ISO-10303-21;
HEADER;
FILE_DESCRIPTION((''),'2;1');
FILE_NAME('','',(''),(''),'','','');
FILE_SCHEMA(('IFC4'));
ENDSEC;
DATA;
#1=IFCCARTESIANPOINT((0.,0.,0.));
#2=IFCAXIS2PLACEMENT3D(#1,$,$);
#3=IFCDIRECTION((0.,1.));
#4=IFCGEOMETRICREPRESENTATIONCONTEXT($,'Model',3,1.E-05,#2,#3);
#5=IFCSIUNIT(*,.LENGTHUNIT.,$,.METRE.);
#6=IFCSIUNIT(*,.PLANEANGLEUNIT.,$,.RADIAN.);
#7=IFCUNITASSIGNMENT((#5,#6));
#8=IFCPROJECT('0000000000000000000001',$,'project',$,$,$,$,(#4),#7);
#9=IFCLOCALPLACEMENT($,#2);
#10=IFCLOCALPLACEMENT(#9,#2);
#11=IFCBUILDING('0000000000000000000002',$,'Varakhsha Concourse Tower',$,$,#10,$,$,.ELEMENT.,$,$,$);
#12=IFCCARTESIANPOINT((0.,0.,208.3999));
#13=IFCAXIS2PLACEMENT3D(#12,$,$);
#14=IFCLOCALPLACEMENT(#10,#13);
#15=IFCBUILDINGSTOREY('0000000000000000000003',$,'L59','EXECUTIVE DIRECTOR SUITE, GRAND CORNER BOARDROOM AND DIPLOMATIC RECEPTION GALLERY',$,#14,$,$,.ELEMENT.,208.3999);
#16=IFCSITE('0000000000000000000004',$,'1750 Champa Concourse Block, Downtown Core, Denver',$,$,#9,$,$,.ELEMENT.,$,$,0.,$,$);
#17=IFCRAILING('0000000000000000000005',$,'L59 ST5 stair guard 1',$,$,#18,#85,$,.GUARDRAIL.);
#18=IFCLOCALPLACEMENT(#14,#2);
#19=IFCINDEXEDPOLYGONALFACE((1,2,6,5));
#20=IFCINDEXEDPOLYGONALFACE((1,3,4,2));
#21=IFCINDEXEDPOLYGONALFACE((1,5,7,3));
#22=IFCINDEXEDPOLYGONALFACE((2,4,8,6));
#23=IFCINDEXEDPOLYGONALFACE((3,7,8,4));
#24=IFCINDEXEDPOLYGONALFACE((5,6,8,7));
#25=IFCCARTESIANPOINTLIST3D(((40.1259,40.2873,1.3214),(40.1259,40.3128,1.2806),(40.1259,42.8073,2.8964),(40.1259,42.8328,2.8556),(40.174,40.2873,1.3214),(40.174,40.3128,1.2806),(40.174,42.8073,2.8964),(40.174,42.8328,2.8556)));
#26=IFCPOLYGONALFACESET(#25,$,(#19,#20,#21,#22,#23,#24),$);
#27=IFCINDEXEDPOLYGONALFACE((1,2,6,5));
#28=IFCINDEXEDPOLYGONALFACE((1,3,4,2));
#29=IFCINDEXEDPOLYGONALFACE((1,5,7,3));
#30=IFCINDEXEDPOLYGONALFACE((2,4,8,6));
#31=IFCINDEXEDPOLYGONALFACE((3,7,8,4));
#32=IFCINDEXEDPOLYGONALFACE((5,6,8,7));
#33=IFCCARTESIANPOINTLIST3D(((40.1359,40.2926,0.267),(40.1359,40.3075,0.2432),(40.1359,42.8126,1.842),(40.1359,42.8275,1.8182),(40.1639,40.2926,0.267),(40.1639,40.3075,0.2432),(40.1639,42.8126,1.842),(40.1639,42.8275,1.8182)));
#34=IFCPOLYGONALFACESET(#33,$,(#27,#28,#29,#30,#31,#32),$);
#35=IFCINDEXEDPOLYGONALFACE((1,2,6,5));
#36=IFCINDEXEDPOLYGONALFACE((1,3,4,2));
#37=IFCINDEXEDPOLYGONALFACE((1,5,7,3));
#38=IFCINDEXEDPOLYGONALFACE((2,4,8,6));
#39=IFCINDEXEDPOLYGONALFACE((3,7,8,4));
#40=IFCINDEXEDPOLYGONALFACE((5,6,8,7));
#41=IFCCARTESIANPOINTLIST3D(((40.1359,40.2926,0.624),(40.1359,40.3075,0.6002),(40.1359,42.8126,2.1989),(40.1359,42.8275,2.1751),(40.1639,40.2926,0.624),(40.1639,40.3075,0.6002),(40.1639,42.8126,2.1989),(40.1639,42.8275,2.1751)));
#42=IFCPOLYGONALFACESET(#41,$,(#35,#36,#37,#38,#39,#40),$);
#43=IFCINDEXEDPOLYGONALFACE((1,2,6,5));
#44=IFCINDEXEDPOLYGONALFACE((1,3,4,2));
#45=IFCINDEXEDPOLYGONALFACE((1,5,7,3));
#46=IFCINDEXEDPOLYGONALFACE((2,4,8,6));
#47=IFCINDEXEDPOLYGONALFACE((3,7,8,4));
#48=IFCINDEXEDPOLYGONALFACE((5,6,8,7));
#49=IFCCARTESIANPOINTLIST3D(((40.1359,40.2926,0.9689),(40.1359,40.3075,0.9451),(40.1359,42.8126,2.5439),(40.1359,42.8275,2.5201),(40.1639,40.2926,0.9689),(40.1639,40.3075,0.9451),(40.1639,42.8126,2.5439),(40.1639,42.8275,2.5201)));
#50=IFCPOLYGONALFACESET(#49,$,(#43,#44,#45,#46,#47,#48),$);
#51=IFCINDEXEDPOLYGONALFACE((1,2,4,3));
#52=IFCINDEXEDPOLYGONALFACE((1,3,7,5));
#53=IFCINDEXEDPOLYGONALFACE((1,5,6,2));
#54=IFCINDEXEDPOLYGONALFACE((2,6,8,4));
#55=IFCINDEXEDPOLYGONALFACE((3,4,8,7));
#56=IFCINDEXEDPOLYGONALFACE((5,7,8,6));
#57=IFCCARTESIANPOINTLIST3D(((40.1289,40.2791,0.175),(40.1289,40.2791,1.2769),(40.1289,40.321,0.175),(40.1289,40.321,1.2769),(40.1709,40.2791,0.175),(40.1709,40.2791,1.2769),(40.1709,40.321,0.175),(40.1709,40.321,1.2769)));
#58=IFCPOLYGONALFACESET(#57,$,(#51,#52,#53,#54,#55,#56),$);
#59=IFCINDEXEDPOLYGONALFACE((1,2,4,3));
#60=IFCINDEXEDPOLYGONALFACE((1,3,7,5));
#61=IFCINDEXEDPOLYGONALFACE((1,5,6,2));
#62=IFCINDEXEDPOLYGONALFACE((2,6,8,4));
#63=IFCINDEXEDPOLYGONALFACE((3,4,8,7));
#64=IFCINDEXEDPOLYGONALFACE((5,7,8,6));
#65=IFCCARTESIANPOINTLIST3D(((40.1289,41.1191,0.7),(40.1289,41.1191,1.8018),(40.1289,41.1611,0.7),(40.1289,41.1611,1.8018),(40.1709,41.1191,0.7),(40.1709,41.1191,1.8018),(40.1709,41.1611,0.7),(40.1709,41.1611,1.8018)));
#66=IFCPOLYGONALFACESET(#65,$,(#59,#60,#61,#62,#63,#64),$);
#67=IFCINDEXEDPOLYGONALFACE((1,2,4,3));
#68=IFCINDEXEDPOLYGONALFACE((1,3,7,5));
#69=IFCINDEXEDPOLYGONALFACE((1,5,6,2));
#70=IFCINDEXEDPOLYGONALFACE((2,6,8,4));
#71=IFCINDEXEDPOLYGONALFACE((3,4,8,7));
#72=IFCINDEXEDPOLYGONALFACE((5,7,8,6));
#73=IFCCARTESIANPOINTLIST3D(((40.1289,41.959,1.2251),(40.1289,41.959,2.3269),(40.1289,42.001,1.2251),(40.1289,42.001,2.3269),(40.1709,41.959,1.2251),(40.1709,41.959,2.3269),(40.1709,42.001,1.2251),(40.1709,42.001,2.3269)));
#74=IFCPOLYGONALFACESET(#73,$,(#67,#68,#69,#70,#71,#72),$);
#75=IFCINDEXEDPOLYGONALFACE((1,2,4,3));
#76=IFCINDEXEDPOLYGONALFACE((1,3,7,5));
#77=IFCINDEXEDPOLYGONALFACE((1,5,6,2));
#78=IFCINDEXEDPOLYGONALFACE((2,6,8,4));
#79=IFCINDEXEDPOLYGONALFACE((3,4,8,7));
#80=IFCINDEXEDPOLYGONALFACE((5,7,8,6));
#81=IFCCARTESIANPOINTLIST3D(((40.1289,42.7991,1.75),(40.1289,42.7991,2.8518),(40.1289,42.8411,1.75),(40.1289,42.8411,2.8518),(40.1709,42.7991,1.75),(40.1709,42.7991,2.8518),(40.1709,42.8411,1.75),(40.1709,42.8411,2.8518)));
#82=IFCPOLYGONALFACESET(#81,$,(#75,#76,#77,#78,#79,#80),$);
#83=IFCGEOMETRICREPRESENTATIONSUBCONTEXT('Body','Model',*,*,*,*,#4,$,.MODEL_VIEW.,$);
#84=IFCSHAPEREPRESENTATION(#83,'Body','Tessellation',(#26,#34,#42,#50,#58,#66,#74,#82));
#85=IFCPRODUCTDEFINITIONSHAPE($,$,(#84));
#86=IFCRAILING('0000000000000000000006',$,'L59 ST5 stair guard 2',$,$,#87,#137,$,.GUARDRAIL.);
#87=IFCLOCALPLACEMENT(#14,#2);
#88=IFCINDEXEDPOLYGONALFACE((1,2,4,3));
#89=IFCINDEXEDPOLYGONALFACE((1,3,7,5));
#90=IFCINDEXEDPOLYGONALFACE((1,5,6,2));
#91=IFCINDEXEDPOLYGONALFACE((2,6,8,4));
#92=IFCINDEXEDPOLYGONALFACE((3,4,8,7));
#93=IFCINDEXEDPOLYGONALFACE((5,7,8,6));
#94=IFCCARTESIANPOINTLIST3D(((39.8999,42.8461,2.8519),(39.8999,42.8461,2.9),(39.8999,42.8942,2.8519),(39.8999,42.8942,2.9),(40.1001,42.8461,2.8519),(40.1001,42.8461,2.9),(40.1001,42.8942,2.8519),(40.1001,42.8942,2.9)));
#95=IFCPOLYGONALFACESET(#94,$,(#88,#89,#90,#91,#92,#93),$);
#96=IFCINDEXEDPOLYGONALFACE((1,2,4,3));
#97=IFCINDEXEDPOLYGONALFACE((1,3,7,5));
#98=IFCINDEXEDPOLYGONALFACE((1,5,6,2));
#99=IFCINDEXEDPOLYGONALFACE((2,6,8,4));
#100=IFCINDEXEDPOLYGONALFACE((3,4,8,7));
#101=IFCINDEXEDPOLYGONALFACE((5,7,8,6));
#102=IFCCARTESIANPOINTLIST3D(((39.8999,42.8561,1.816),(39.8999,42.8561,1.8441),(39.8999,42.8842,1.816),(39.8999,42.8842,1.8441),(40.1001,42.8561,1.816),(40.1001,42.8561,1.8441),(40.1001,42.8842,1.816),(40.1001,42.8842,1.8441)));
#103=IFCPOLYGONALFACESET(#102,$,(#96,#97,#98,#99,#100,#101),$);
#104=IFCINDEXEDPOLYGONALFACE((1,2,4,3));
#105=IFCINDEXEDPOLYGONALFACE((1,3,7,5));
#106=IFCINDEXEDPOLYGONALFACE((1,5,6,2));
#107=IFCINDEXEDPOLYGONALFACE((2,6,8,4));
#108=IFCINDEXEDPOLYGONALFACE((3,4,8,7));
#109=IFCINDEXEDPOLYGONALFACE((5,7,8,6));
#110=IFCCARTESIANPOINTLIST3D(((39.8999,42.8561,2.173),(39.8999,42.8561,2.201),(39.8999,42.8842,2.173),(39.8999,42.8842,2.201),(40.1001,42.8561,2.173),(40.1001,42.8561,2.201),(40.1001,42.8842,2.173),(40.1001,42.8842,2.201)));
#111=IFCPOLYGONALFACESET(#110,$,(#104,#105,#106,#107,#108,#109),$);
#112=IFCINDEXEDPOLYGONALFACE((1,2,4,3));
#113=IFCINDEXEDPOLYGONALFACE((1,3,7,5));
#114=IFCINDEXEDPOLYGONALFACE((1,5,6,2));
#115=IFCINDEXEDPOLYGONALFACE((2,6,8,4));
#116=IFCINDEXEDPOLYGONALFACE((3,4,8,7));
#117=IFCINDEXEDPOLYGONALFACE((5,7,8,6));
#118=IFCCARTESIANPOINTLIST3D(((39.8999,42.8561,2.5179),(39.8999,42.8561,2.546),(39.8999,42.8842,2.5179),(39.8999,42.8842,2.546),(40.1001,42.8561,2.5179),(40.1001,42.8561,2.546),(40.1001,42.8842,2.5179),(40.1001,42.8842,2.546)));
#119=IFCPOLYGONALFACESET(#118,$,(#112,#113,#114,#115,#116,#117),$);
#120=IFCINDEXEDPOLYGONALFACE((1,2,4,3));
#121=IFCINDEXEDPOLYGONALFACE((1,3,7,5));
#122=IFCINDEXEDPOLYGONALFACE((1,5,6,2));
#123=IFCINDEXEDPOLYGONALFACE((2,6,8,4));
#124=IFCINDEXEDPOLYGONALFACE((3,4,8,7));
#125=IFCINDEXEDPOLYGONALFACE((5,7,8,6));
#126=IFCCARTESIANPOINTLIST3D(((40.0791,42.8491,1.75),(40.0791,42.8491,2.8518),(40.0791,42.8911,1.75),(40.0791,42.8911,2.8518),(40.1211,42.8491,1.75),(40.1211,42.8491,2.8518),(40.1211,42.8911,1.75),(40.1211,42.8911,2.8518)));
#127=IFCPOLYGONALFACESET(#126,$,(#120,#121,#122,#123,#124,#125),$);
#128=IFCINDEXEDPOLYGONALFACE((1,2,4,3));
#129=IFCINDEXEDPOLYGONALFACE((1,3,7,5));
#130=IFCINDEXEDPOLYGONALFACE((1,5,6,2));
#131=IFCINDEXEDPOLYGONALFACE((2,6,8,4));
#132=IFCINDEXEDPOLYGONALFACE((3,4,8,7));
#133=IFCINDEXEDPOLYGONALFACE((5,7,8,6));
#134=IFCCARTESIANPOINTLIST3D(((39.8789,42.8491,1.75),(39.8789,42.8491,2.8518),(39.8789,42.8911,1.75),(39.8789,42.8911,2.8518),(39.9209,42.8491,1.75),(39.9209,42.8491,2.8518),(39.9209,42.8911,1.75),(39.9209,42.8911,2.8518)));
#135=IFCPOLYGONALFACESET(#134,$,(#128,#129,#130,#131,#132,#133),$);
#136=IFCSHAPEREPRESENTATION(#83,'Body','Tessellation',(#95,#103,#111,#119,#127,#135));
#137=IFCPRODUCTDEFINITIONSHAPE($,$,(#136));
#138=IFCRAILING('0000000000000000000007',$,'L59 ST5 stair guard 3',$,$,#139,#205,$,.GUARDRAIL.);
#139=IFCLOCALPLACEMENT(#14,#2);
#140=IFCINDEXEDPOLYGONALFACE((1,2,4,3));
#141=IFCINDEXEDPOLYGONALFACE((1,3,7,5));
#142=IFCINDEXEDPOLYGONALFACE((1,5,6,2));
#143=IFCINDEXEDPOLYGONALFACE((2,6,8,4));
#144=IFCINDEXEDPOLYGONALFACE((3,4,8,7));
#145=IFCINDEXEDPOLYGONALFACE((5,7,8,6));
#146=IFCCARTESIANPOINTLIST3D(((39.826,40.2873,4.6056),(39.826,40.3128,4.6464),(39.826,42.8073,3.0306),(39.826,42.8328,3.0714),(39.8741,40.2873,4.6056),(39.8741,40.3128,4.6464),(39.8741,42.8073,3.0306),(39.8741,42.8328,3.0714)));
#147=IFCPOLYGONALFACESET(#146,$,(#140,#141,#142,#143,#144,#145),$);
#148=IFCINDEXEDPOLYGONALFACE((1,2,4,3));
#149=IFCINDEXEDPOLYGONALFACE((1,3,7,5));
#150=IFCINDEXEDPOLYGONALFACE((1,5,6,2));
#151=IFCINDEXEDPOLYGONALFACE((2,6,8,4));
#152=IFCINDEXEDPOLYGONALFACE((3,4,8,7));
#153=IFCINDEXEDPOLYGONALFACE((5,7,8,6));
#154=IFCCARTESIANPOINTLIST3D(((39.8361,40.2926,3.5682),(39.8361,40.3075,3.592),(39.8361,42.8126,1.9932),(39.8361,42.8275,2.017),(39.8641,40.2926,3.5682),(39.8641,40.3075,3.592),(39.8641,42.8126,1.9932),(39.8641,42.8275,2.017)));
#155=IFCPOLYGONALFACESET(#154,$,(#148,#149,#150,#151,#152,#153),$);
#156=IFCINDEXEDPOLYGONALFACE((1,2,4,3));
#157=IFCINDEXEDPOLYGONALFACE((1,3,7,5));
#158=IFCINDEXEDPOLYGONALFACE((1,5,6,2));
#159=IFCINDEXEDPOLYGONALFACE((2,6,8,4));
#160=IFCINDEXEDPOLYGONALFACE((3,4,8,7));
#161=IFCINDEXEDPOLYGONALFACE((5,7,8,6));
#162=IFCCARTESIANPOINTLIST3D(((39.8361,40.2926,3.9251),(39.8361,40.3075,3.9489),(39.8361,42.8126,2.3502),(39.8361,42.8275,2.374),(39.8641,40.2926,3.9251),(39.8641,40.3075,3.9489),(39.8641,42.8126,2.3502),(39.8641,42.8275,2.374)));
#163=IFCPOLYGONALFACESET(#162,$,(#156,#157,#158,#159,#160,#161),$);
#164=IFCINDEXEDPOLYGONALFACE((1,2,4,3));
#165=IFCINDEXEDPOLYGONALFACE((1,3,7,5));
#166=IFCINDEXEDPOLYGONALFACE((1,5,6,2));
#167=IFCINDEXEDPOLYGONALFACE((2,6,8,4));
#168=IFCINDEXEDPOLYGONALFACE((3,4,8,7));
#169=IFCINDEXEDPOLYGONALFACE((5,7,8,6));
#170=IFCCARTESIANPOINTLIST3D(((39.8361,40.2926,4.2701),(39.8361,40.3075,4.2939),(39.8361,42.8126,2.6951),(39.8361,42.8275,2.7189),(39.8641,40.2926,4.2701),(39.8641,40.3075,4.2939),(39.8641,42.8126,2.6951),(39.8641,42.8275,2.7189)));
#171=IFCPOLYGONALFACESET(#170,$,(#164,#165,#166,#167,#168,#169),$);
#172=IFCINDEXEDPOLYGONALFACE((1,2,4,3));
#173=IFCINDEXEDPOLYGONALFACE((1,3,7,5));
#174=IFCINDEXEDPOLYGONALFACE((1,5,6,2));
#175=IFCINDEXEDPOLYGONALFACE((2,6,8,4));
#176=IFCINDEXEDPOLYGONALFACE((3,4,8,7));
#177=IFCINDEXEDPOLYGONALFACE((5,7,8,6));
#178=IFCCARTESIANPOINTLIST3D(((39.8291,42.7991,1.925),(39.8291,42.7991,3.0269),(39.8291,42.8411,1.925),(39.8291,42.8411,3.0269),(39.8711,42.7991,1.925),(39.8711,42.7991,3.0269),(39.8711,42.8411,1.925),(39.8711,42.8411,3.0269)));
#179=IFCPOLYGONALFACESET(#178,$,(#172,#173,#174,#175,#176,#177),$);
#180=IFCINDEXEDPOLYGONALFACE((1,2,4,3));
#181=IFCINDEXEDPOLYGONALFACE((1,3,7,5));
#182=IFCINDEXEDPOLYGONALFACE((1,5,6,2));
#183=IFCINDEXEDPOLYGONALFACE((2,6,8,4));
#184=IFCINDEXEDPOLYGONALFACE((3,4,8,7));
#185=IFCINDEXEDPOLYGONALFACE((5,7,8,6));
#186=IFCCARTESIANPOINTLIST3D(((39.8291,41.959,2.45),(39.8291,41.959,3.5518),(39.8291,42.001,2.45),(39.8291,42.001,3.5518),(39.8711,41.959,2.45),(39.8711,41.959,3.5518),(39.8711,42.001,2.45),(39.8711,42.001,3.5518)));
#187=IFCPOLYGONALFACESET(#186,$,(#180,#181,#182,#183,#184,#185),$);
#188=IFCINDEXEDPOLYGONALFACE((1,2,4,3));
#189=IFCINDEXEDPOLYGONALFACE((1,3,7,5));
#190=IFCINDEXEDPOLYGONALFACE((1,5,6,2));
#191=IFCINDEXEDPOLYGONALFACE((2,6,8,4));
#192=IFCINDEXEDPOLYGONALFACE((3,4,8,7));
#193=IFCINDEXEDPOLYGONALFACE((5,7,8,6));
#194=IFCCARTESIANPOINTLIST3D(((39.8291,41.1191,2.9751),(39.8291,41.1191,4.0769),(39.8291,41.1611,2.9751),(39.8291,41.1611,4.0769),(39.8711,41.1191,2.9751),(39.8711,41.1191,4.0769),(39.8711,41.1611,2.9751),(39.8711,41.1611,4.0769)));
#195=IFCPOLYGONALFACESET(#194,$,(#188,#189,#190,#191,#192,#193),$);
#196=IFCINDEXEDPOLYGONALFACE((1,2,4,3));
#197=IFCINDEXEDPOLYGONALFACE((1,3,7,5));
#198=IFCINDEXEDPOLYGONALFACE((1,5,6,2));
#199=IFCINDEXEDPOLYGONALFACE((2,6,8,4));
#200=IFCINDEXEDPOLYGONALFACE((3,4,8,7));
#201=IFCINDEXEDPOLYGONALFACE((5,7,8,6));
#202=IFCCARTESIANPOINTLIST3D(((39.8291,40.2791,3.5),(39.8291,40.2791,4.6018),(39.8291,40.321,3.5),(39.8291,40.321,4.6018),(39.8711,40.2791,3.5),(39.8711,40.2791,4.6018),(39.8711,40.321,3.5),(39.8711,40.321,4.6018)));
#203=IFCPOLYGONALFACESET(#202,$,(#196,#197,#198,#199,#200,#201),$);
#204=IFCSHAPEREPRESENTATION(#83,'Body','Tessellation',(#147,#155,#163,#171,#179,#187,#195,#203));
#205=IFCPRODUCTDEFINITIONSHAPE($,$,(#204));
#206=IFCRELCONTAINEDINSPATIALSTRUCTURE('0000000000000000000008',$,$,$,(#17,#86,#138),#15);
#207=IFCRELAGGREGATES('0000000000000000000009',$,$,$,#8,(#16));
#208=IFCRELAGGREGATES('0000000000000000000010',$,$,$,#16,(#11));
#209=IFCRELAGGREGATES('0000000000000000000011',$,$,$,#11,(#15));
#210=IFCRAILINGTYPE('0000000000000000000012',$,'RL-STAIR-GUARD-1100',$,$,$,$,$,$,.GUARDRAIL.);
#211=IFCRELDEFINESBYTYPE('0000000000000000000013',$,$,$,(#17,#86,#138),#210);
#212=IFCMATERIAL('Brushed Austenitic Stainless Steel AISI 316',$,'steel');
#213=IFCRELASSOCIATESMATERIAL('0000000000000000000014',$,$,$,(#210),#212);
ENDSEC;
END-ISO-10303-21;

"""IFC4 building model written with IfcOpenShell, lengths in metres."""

from ifc_helpers import new_model, si_unit, direction, frame, origin, origin_2d, place, context, subcontext, project, spatial, rectangle, extrude, material, type_object, element, save


model = new_model("IFC4")

# Units and contexts
model_context = context("Model", 3, precision=1e-05, world=origin(), true_north=direction((0.0, 1.0)))
body_context = subcontext(model_context, "Body", "Model", "MODEL_VIEW")
ifc_project = project(units=[si_unit("LENGTHUNIT", "METRE"), si_unit("PLANEANGLEUNIT", "RADIAN")], contexts=[model_context])

# Site, building, storey
site_placement = place(None, origin())
site = spatial("IfcSite", under=ifc_project, at=site_placement, Name="1750 Champa Concourse Block, Downtown Core, Denver", CompositionType="ELEMENT", RefElevation=0.0)
building_placement = place(site_placement, origin())
building = spatial("IfcBuilding", under=site, at=building_placement, Name="Varakhsha Concourse Tower", CompositionType="ELEMENT")
storey_placement = place(building_placement, frame((0.0, 0.0, 208.3999)))
storey = spatial("IfcBuildingStorey", under=building, at=storey_placement, Name="L59", Description="EXECUTIVE DIRECTOR SUITE, GRAND CORNER BOARDROOM AND DIPLOMATIC RECEPTION GALLERY", CompositionType="ELEMENT", Elevation=208.3999)

# Railings
ifc_material_1 = material(Name="Brushed Austenitic Stainless Steel AISI 316", Category="steel")
railing_type_1 = type_object("IfcRailingType", Name="RL-STAIR-GUARD-1100", PredefinedType="GUARDRAIL", material=ifc_material_1)
railing_1_placement = place(storey_placement, frame((40.1499, 40.3, 0.175)))
element("IfcRailing", 1, at=railing_1_placement, inside=storey, type_object=railing_type_1, Name="L59 ST5 stair guard 1", PredefinedType="GUARDRAIL", context=body_context, shape_type="SweptSolid", body=[
    extrude(rectangle(XDim=0.0481, YDim=0.0481, at=origin_2d()), frame((0.0, 0.0, 1.126), z_axis=(0.0, 0.848008, 0.529984), x_axis=(-1.0, 0.0, 0.0)), (0.0, 0.0, 1.0), 2.9717),
    extrude(rectangle(XDim=0.0281, YDim=0.0281, at=origin_2d()), frame((0.0, 0.0, 0.0801), z_axis=(0.0, 0.848008, 0.529984), x_axis=(-1.0, 0.0, 0.0)), (0.0, 0.0, 1.0), 2.9717),
    extrude(rectangle(XDim=0.0281, YDim=0.0281, at=origin_2d()), frame((0.0, 0.0, 0.437), z_axis=(0.0, 0.848008, 0.529984), x_axis=(-1.0, 0.0, 0.0)), (0.0, 0.0, 1.0), 2.9717),
    extrude(rectangle(XDim=0.0281, YDim=0.0281, at=origin_2d()), frame((0.0, 0.0, 0.782), z_axis=(0.0, 0.848008, 0.529984), x_axis=(-1.0, 0.0, 0.0)), (0.0, 0.0, 1.0), 2.9717),
    extrude(rectangle(XDim=0.042, YDim=0.042, at=origin_2d()), origin(), (0.0, 0.0, 1.0), 1.1018),
    extrude(rectangle(XDim=0.042, YDim=0.042, at=origin_2d()), frame((0.0, 0.8401, 0.5249)), (0.0, 0.0, 1.0), 1.1018),
    extrude(rectangle(XDim=0.042, YDim=0.042, at=origin_2d()), frame((0.0, 1.6799, 1.05)), (0.0, 0.0, 1.0), 1.1018),
    extrude(rectangle(XDim=0.042, YDim=0.042, at=origin_2d()), frame((0.0, 2.52, 1.575)), (0.0, 0.0, 1.0), 1.1018),
])
railing_2_placement = place(storey_placement, frame((40.1001, 42.8701, 1.75)))
element("IfcRailing", 2, at=railing_2_placement, inside=storey, type_object=railing_type_1, Name="L59 ST5 stair guard 2", PredefinedType="GUARDRAIL", context=body_context, shape_type="SweptSolid", body=[
    extrude(rectangle(XDim=0.0481, YDim=0.0481, at=origin_2d()), frame((0.0, 0.0, 1.126), z_axis=(-1.0, 0.0, 0.0), x_axis=(0.0, -1.0, 0.0)), (0.0, 0.0, 1.0), 0.2002),
    extrude(rectangle(XDim=0.0281, YDim=0.0281, at=origin_2d()), frame((0.0, 0.0, 0.0801), z_axis=(-1.0, 0.0, 0.0), x_axis=(0.0, -1.0, 0.0)), (0.0, 0.0, 1.0), 0.2002),
    extrude(rectangle(XDim=0.0281, YDim=0.0281, at=origin_2d()), frame((0.0, 0.0, 0.437), z_axis=(-1.0, 0.0, 0.0), x_axis=(0.0, -1.0, 0.0)), (0.0, 0.0, 1.0), 0.2002),
    extrude(rectangle(XDim=0.0281, YDim=0.0281, at=origin_2d()), frame((0.0, 0.0, 0.782), z_axis=(-1.0, 0.0, 0.0), x_axis=(0.0, -1.0, 0.0)), (0.0, 0.0, 1.0), 0.2002),
    extrude(rectangle(XDim=0.042, YDim=0.042, at=origin_2d()), origin(), (0.0, 0.0, 1.0), 1.1018),
    extrude(rectangle(XDim=0.042, YDim=0.042, at=origin_2d()), frame((-0.2002, 0.0, 0.0)), (0.0, 0.0, 1.0), 1.1018),
])
railing_3_placement = place(storey_placement, frame((39.8501, 42.8201, 1.925)))
element("IfcRailing", 3, at=railing_3_placement, inside=storey, type_object=railing_type_1, Name="L59 ST5 stair guard 3", PredefinedType="GUARDRAIL", context=body_context, shape_type="SweptSolid", body=[
    extrude(rectangle(XDim=0.0481, YDim=0.0481, at=origin_2d()), frame((0.0, 0.0, 1.126), z_axis=(0.0, -0.848008, 0.529984), x_axis=(1.0, 0.0, 0.0)), (0.0, 0.0, 1.0), 2.9717),
    extrude(rectangle(XDim=0.0281, YDim=0.0281, at=origin_2d()), frame((0.0, 0.0, 0.0801), z_axis=(0.0, -0.848008, 0.529984), x_axis=(1.0, 0.0, 0.0)), (0.0, 0.0, 1.0), 2.9717),
    extrude(rectangle(XDim=0.0281, YDim=0.0281, at=origin_2d()), frame((0.0, 0.0, 0.437), z_axis=(0.0, -0.848008, 0.529984), x_axis=(1.0, 0.0, 0.0)), (0.0, 0.0, 1.0), 2.9717),
    extrude(rectangle(XDim=0.0281, YDim=0.0281, at=origin_2d()), frame((0.0, 0.0, 0.782), z_axis=(0.0, -0.848008, 0.529984), x_axis=(1.0, 0.0, 0.0)), (0.0, 0.0, 1.0), 2.9717),
    extrude(rectangle(XDim=0.042, YDim=0.042, at=origin_2d()), origin(), (0.0, 0.0, 1.0), 1.1018),
    extrude(rectangle(XDim=0.042, YDim=0.042, at=origin_2d()), frame((0.0, -0.8401, 0.5249)), (0.0, 0.0, 1.0), 1.1018),
    extrude(rectangle(XDim=0.042, YDim=0.042, at=origin_2d()), frame((0.0, -1.6799, 1.05)), (0.0, 0.0, 1.0), 1.1018),
    extrude(rectangle(XDim=0.042, YDim=0.042, at=origin_2d()), frame((0.0, -2.52, 1.575)), (0.0, 0.0, 1.0), 1.1018),
])

save(model, "model.ifc")
